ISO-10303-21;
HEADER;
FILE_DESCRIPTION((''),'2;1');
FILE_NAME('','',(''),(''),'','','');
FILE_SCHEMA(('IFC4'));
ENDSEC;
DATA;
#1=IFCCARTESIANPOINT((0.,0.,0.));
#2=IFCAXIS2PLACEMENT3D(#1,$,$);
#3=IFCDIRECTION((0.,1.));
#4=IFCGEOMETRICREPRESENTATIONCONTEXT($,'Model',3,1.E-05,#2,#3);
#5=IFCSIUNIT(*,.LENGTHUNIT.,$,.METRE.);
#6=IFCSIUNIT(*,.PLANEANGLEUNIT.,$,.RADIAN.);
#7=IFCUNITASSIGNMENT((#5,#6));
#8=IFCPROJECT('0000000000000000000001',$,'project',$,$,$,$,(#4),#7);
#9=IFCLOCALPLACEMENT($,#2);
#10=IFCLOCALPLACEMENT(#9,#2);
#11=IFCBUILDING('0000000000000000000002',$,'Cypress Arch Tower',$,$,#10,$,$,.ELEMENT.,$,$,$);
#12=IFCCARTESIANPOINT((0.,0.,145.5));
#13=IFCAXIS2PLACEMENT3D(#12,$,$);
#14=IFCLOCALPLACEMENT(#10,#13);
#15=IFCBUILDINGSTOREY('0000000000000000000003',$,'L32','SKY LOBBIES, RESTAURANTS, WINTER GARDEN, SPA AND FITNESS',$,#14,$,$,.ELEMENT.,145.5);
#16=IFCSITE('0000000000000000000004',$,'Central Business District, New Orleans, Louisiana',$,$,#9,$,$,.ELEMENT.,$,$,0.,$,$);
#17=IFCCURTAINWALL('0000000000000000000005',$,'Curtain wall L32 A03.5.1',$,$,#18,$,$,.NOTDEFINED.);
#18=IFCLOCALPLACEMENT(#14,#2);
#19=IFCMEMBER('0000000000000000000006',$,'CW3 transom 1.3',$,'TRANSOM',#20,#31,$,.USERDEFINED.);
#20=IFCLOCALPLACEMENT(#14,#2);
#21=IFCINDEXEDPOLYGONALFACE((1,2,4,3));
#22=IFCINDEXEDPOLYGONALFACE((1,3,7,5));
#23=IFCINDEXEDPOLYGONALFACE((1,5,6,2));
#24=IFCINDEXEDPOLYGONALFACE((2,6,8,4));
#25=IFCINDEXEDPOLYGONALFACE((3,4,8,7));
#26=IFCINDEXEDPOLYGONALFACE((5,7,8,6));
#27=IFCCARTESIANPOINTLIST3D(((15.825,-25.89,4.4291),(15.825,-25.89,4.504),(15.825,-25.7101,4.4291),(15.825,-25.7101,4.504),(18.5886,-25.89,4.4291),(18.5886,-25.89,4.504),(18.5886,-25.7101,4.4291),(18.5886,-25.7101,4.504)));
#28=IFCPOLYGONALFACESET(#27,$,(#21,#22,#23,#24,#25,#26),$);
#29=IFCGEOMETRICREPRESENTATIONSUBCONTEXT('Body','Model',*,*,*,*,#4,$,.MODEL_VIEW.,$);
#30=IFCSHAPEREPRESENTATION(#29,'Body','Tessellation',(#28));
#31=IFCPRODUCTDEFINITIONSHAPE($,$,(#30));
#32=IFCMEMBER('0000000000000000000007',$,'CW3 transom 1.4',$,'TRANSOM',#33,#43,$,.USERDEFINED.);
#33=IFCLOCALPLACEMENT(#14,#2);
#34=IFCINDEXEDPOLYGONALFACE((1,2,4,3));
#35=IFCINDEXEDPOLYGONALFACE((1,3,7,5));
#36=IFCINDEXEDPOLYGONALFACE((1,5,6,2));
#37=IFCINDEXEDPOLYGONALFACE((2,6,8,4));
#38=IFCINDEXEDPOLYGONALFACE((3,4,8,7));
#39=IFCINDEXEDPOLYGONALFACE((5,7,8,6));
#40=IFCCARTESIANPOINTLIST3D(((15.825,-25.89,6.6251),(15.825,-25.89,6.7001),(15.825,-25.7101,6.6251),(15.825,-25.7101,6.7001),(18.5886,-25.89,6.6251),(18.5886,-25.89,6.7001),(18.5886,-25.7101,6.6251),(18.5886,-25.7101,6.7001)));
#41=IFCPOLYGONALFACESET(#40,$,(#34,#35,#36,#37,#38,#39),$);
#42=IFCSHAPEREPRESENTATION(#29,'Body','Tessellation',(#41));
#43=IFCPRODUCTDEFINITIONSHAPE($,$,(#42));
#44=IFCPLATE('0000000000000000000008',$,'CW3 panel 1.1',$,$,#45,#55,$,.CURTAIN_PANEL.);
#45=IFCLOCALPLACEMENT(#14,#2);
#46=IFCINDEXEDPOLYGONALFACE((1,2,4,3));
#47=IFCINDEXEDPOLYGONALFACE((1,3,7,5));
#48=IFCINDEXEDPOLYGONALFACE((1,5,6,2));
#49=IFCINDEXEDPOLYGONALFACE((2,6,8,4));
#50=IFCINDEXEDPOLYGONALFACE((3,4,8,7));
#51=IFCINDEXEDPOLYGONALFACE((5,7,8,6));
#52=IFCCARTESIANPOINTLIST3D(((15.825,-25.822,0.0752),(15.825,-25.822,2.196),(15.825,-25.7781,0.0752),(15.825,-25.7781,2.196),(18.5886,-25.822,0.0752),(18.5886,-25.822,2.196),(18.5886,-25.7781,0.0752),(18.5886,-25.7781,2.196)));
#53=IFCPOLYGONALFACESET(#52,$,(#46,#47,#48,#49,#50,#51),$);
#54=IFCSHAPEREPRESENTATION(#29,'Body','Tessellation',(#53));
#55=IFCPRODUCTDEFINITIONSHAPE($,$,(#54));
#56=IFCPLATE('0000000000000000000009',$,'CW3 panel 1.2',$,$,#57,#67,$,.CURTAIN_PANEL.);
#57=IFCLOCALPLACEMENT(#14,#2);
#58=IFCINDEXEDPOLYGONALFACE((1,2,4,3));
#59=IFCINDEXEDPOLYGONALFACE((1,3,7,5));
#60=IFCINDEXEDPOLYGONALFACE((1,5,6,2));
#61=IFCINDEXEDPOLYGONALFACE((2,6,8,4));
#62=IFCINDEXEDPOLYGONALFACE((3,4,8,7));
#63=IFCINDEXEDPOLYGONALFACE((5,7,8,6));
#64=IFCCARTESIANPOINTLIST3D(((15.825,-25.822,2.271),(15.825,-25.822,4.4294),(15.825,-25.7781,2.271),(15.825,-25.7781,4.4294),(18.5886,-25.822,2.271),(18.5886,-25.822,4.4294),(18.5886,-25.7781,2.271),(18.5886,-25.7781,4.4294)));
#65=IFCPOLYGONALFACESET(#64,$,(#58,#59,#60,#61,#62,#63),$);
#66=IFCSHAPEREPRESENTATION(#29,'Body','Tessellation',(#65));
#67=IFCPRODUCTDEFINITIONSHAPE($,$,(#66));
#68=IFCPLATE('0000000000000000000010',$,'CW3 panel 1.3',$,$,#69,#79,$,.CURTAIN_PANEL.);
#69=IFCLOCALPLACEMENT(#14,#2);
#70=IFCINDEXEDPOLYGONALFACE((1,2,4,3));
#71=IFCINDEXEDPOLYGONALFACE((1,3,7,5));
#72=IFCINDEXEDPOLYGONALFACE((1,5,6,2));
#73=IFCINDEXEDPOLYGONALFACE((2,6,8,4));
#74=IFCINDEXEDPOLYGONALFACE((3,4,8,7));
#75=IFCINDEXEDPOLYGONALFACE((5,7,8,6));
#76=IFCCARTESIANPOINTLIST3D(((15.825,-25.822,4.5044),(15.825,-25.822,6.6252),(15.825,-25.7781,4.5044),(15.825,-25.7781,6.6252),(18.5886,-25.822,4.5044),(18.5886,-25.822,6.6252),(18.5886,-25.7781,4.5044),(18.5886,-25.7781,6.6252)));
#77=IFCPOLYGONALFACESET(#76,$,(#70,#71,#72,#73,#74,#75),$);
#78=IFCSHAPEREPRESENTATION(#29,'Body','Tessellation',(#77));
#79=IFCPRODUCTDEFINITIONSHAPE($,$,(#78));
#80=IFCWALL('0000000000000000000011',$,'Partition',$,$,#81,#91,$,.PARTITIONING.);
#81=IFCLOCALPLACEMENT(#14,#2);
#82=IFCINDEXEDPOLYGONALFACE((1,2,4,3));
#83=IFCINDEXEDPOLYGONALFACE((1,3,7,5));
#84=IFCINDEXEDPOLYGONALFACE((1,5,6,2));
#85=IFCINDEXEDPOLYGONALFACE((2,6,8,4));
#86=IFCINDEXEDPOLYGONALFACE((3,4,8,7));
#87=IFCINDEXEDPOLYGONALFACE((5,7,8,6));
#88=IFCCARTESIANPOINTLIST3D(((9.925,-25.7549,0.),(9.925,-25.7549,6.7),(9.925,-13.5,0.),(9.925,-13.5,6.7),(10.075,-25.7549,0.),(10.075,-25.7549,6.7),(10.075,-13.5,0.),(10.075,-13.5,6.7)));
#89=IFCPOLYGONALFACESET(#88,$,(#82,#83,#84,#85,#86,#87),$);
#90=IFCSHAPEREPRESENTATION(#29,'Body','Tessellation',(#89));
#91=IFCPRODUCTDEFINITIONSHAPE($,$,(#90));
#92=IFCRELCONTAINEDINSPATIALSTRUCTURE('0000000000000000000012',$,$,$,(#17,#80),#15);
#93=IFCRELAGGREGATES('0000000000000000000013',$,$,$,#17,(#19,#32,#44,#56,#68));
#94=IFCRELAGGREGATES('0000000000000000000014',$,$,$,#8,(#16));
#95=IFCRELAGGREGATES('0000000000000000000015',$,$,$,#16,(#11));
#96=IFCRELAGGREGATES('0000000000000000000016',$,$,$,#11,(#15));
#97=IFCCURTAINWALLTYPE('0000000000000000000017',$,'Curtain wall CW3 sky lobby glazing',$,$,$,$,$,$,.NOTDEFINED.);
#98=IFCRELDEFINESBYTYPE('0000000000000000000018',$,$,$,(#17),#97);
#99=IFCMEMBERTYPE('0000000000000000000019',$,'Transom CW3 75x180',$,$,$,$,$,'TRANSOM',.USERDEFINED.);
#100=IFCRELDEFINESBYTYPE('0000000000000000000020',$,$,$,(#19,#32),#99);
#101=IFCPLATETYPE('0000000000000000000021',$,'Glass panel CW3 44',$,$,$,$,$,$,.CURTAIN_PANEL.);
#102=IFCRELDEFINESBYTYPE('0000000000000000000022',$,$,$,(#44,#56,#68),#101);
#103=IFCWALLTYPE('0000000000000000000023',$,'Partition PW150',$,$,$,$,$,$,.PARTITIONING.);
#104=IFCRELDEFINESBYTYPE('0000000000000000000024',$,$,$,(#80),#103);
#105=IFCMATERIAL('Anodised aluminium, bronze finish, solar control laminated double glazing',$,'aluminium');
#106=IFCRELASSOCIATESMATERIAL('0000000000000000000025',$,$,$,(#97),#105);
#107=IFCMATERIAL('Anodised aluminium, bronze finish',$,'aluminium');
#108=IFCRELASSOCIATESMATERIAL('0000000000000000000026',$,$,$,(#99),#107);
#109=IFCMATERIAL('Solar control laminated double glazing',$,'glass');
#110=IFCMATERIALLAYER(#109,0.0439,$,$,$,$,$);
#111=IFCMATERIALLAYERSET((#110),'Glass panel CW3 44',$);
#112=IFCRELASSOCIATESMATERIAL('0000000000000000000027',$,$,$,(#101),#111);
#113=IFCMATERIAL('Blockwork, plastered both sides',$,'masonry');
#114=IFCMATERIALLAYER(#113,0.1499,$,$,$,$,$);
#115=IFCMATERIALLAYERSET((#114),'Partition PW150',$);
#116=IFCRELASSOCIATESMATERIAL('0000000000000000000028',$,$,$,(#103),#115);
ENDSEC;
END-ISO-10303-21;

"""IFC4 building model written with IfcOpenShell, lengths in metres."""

from ifc_helpers import new_model, si_unit, direction, frame, frame_2d, origin, origin_2d, place, context, subcontext, project, spatial, rectangle, extrude, material, layer, layer_set, material_profile, profile_set, type_object, element, aggregate, save


model = new_model("IFC4")

# Units and contexts
model_context = context("Model", 3, precision=1e-05, world=origin(), true_north=direction((0.0, 1.0)))
body_context = subcontext(model_context, "Body", "Model", "MODEL_VIEW")
ifc_project = project(units=[si_unit("LENGTHUNIT", "METRE"), si_unit("PLANEANGLEUNIT", "RADIAN")], contexts=[model_context])

# Site, building, storey
site_placement = place(None, origin())
site = spatial("IfcSite", under=ifc_project, at=site_placement, Name="Central Business District, New Orleans, Louisiana", CompositionType="ELEMENT", RefElevation=0.0)
building_placement = place(site_placement, origin())
building = spatial("IfcBuilding", under=site, at=building_placement, Name="Cypress Arch Tower", CompositionType="ELEMENT")
storey_placement = place(building_placement, frame((0.0, 0.0, 145.5)))
storey = spatial("IfcBuildingStorey", under=building, at=storey_placement, Name="L32", Description="SKY LOBBIES, RESTAURANTS, WINTER GARDEN, SPA AND FITNESS", CompositionType="ELEMENT", Elevation=145.5)

# Shared definitions
ifc_material_1 = material(Name="Anodised aluminium, bronze finish, solar control laminated double glazing", Category="aluminium")
curtain_wall_type = type_object("IfcCurtainWallType", Name="Curtain wall CW3 sky lobby glazing", PredefinedType="NOTDEFINED", material=ifc_material_1)

# Curtain wall
curtain_wall_1_placement = place(storey_placement, origin())
curtain_wall_1 = element("IfcCurtainWall", 1, at=curtain_wall_1_placement, inside=storey, type_object=curtain_wall_type, Name="Curtain wall L32 A03.5.1", PredefinedType="NOTDEFINED")

# Members
ifc_material_2 = material(Name="Anodised aluminium, bronze finish", Category="aluminium")
ifc_material_profile_1 = material_profile(ifc_material_2, rectangle(XDim=0.1799, YDim=0.075, at=origin_2d()), Name="Transom 75x180")
ifc_profile_set_1 = profile_set([ifc_material_profile_1], Name="Anodised aluminium, bronze finish")
member_type_1 = type_object("IfcMemberType", Name="Transom CW3 75x180", ElementType="TRANSOM", PredefinedType="USERDEFINED", material=ifc_profile_set_1)
member_1_placement = place(storey_placement, frame((15.825, -25.8, 4.4666), z_axis=(1.0, 0.0, 0.0), x_axis=(0.0, 1.0, 0.0)))
member_1 = element("IfcMember", 2, at=member_1_placement, type_object=member_type_1, Name="CW3 transom 1.3", ObjectType="TRANSOM", PredefinedType="USERDEFINED", context=body_context, shape_type="SweptSolid", body=[
    extrude(rectangle(XDim=0.1799, YDim=0.075, at=origin_2d()), origin(), (0.0, 0.0, 1.0), 2.7637),
])
member_2_placement = place(storey_placement, frame((15.825, -25.8, 6.6626), z_axis=(1.0, 0.0, 0.0), x_axis=(0.0, 1.0, 0.0)))
member_2 = element("IfcMember", 3, at=member_2_placement, type_object=member_type_1, Name="CW3 transom 1.4", ObjectType="TRANSOM", PredefinedType="USERDEFINED", context=body_context, shape_type="SweptSolid", body=[
    extrude(rectangle(XDim=0.1799, YDim=0.075, at=origin_2d()), origin(), (0.0, 0.0, 1.0), 2.7637),
])

# Plates
ifc_material_3 = material(Name="Solar control laminated double glazing", Category="glass")
ifc_layer_1 = layer(ifc_material_3, 0.0439)
ifc_layer_set_1 = layer_set([ifc_layer_1], Name="Glass panel CW3 44")
plate_type = type_object("IfcPlateType", Name="Glass panel CW3 44", PredefinedType="CURTAIN_PANEL", material=ifc_layer_set_1)
plate_1_placement = place(storey_placement, frame((17.2068, -25.8, 0.0752), z_axis=(0.0, 0.0, 1.0), x_axis=(1.0, 0.0, 0.0)))
plate_1 = element("IfcPlate", 4, at=plate_1_placement, type_object=plate_type, Name="CW3 panel 1.1", PredefinedType="CURTAIN_PANEL", context=body_context, shape_type="SweptSolid", body=[
    extrude(rectangle(XDim=2.7637, YDim=0.0439, at=origin_2d()), origin(), (0.0, 0.0, 1.0), 2.1208),
])
plate_2_placement = place(storey_placement, frame((17.2068, -25.8, 2.271), z_axis=(0.0, 0.0, 1.0), x_axis=(1.0, 0.0, 0.0)))
plate_2 = element("IfcPlate", 5, at=plate_2_placement, type_object=plate_type, Name="CW3 panel 1.2", PredefinedType="CURTAIN_PANEL", context=body_context, shape_type="SweptSolid", body=[
    extrude(rectangle(XDim=2.7637, YDim=0.0439, at=origin_2d()), origin(), (0.0, 0.0, 1.0), 2.1584),
])
plate_3_placement = place(storey_placement, frame((17.2068, -25.8, 4.5044), z_axis=(0.0, 0.0, 1.0), x_axis=(1.0, 0.0, 0.0)))
plate_3 = element("IfcPlate", 6, at=plate_3_placement, type_object=plate_type, Name="CW3 panel 1.3", PredefinedType="CURTAIN_PANEL", context=body_context, shape_type="SweptSolid", body=[
    extrude(rectangle(XDim=2.7637, YDim=0.0439, at=origin_2d()), origin(), (0.0, 0.0, 1.0), 2.1208),
])
aggregate(curtain_wall_1, [member_1, member_2, plate_1, plate_2, plate_3])

# Wall
ifc_material_4 = material(Name="Blockwork, plastered both sides", Category="masonry")
ifc_layer_2 = layer(ifc_material_4, 0.1499)
ifc_layer_set_2 = layer_set([ifc_layer_2], Name="Partition PW150")
wall_type = type_object("IfcWallType", Name="Partition PW150", PredefinedType="PARTITIONING", material=ifc_layer_set_2)
wall_placement = place(storey_placement, frame((10.0, -25.7549, 0.0), z_axis=(0.0, 0.0, 1.0), x_axis=(0.0, 1.0, 0.0)))
element("IfcWall", 7, at=wall_placement, inside=storey, type_object=wall_type, Name="Partition", PredefinedType="PARTITIONING", context=body_context, shape_type="SweptSolid", body=[
    extrude(rectangle(XDim=12.2549, YDim=0.1499, at=frame_2d((6.1274, 0.0))), origin(), (0.0, 0.0, 1.0), 6.7),
])

save(model, "model.ifc")
